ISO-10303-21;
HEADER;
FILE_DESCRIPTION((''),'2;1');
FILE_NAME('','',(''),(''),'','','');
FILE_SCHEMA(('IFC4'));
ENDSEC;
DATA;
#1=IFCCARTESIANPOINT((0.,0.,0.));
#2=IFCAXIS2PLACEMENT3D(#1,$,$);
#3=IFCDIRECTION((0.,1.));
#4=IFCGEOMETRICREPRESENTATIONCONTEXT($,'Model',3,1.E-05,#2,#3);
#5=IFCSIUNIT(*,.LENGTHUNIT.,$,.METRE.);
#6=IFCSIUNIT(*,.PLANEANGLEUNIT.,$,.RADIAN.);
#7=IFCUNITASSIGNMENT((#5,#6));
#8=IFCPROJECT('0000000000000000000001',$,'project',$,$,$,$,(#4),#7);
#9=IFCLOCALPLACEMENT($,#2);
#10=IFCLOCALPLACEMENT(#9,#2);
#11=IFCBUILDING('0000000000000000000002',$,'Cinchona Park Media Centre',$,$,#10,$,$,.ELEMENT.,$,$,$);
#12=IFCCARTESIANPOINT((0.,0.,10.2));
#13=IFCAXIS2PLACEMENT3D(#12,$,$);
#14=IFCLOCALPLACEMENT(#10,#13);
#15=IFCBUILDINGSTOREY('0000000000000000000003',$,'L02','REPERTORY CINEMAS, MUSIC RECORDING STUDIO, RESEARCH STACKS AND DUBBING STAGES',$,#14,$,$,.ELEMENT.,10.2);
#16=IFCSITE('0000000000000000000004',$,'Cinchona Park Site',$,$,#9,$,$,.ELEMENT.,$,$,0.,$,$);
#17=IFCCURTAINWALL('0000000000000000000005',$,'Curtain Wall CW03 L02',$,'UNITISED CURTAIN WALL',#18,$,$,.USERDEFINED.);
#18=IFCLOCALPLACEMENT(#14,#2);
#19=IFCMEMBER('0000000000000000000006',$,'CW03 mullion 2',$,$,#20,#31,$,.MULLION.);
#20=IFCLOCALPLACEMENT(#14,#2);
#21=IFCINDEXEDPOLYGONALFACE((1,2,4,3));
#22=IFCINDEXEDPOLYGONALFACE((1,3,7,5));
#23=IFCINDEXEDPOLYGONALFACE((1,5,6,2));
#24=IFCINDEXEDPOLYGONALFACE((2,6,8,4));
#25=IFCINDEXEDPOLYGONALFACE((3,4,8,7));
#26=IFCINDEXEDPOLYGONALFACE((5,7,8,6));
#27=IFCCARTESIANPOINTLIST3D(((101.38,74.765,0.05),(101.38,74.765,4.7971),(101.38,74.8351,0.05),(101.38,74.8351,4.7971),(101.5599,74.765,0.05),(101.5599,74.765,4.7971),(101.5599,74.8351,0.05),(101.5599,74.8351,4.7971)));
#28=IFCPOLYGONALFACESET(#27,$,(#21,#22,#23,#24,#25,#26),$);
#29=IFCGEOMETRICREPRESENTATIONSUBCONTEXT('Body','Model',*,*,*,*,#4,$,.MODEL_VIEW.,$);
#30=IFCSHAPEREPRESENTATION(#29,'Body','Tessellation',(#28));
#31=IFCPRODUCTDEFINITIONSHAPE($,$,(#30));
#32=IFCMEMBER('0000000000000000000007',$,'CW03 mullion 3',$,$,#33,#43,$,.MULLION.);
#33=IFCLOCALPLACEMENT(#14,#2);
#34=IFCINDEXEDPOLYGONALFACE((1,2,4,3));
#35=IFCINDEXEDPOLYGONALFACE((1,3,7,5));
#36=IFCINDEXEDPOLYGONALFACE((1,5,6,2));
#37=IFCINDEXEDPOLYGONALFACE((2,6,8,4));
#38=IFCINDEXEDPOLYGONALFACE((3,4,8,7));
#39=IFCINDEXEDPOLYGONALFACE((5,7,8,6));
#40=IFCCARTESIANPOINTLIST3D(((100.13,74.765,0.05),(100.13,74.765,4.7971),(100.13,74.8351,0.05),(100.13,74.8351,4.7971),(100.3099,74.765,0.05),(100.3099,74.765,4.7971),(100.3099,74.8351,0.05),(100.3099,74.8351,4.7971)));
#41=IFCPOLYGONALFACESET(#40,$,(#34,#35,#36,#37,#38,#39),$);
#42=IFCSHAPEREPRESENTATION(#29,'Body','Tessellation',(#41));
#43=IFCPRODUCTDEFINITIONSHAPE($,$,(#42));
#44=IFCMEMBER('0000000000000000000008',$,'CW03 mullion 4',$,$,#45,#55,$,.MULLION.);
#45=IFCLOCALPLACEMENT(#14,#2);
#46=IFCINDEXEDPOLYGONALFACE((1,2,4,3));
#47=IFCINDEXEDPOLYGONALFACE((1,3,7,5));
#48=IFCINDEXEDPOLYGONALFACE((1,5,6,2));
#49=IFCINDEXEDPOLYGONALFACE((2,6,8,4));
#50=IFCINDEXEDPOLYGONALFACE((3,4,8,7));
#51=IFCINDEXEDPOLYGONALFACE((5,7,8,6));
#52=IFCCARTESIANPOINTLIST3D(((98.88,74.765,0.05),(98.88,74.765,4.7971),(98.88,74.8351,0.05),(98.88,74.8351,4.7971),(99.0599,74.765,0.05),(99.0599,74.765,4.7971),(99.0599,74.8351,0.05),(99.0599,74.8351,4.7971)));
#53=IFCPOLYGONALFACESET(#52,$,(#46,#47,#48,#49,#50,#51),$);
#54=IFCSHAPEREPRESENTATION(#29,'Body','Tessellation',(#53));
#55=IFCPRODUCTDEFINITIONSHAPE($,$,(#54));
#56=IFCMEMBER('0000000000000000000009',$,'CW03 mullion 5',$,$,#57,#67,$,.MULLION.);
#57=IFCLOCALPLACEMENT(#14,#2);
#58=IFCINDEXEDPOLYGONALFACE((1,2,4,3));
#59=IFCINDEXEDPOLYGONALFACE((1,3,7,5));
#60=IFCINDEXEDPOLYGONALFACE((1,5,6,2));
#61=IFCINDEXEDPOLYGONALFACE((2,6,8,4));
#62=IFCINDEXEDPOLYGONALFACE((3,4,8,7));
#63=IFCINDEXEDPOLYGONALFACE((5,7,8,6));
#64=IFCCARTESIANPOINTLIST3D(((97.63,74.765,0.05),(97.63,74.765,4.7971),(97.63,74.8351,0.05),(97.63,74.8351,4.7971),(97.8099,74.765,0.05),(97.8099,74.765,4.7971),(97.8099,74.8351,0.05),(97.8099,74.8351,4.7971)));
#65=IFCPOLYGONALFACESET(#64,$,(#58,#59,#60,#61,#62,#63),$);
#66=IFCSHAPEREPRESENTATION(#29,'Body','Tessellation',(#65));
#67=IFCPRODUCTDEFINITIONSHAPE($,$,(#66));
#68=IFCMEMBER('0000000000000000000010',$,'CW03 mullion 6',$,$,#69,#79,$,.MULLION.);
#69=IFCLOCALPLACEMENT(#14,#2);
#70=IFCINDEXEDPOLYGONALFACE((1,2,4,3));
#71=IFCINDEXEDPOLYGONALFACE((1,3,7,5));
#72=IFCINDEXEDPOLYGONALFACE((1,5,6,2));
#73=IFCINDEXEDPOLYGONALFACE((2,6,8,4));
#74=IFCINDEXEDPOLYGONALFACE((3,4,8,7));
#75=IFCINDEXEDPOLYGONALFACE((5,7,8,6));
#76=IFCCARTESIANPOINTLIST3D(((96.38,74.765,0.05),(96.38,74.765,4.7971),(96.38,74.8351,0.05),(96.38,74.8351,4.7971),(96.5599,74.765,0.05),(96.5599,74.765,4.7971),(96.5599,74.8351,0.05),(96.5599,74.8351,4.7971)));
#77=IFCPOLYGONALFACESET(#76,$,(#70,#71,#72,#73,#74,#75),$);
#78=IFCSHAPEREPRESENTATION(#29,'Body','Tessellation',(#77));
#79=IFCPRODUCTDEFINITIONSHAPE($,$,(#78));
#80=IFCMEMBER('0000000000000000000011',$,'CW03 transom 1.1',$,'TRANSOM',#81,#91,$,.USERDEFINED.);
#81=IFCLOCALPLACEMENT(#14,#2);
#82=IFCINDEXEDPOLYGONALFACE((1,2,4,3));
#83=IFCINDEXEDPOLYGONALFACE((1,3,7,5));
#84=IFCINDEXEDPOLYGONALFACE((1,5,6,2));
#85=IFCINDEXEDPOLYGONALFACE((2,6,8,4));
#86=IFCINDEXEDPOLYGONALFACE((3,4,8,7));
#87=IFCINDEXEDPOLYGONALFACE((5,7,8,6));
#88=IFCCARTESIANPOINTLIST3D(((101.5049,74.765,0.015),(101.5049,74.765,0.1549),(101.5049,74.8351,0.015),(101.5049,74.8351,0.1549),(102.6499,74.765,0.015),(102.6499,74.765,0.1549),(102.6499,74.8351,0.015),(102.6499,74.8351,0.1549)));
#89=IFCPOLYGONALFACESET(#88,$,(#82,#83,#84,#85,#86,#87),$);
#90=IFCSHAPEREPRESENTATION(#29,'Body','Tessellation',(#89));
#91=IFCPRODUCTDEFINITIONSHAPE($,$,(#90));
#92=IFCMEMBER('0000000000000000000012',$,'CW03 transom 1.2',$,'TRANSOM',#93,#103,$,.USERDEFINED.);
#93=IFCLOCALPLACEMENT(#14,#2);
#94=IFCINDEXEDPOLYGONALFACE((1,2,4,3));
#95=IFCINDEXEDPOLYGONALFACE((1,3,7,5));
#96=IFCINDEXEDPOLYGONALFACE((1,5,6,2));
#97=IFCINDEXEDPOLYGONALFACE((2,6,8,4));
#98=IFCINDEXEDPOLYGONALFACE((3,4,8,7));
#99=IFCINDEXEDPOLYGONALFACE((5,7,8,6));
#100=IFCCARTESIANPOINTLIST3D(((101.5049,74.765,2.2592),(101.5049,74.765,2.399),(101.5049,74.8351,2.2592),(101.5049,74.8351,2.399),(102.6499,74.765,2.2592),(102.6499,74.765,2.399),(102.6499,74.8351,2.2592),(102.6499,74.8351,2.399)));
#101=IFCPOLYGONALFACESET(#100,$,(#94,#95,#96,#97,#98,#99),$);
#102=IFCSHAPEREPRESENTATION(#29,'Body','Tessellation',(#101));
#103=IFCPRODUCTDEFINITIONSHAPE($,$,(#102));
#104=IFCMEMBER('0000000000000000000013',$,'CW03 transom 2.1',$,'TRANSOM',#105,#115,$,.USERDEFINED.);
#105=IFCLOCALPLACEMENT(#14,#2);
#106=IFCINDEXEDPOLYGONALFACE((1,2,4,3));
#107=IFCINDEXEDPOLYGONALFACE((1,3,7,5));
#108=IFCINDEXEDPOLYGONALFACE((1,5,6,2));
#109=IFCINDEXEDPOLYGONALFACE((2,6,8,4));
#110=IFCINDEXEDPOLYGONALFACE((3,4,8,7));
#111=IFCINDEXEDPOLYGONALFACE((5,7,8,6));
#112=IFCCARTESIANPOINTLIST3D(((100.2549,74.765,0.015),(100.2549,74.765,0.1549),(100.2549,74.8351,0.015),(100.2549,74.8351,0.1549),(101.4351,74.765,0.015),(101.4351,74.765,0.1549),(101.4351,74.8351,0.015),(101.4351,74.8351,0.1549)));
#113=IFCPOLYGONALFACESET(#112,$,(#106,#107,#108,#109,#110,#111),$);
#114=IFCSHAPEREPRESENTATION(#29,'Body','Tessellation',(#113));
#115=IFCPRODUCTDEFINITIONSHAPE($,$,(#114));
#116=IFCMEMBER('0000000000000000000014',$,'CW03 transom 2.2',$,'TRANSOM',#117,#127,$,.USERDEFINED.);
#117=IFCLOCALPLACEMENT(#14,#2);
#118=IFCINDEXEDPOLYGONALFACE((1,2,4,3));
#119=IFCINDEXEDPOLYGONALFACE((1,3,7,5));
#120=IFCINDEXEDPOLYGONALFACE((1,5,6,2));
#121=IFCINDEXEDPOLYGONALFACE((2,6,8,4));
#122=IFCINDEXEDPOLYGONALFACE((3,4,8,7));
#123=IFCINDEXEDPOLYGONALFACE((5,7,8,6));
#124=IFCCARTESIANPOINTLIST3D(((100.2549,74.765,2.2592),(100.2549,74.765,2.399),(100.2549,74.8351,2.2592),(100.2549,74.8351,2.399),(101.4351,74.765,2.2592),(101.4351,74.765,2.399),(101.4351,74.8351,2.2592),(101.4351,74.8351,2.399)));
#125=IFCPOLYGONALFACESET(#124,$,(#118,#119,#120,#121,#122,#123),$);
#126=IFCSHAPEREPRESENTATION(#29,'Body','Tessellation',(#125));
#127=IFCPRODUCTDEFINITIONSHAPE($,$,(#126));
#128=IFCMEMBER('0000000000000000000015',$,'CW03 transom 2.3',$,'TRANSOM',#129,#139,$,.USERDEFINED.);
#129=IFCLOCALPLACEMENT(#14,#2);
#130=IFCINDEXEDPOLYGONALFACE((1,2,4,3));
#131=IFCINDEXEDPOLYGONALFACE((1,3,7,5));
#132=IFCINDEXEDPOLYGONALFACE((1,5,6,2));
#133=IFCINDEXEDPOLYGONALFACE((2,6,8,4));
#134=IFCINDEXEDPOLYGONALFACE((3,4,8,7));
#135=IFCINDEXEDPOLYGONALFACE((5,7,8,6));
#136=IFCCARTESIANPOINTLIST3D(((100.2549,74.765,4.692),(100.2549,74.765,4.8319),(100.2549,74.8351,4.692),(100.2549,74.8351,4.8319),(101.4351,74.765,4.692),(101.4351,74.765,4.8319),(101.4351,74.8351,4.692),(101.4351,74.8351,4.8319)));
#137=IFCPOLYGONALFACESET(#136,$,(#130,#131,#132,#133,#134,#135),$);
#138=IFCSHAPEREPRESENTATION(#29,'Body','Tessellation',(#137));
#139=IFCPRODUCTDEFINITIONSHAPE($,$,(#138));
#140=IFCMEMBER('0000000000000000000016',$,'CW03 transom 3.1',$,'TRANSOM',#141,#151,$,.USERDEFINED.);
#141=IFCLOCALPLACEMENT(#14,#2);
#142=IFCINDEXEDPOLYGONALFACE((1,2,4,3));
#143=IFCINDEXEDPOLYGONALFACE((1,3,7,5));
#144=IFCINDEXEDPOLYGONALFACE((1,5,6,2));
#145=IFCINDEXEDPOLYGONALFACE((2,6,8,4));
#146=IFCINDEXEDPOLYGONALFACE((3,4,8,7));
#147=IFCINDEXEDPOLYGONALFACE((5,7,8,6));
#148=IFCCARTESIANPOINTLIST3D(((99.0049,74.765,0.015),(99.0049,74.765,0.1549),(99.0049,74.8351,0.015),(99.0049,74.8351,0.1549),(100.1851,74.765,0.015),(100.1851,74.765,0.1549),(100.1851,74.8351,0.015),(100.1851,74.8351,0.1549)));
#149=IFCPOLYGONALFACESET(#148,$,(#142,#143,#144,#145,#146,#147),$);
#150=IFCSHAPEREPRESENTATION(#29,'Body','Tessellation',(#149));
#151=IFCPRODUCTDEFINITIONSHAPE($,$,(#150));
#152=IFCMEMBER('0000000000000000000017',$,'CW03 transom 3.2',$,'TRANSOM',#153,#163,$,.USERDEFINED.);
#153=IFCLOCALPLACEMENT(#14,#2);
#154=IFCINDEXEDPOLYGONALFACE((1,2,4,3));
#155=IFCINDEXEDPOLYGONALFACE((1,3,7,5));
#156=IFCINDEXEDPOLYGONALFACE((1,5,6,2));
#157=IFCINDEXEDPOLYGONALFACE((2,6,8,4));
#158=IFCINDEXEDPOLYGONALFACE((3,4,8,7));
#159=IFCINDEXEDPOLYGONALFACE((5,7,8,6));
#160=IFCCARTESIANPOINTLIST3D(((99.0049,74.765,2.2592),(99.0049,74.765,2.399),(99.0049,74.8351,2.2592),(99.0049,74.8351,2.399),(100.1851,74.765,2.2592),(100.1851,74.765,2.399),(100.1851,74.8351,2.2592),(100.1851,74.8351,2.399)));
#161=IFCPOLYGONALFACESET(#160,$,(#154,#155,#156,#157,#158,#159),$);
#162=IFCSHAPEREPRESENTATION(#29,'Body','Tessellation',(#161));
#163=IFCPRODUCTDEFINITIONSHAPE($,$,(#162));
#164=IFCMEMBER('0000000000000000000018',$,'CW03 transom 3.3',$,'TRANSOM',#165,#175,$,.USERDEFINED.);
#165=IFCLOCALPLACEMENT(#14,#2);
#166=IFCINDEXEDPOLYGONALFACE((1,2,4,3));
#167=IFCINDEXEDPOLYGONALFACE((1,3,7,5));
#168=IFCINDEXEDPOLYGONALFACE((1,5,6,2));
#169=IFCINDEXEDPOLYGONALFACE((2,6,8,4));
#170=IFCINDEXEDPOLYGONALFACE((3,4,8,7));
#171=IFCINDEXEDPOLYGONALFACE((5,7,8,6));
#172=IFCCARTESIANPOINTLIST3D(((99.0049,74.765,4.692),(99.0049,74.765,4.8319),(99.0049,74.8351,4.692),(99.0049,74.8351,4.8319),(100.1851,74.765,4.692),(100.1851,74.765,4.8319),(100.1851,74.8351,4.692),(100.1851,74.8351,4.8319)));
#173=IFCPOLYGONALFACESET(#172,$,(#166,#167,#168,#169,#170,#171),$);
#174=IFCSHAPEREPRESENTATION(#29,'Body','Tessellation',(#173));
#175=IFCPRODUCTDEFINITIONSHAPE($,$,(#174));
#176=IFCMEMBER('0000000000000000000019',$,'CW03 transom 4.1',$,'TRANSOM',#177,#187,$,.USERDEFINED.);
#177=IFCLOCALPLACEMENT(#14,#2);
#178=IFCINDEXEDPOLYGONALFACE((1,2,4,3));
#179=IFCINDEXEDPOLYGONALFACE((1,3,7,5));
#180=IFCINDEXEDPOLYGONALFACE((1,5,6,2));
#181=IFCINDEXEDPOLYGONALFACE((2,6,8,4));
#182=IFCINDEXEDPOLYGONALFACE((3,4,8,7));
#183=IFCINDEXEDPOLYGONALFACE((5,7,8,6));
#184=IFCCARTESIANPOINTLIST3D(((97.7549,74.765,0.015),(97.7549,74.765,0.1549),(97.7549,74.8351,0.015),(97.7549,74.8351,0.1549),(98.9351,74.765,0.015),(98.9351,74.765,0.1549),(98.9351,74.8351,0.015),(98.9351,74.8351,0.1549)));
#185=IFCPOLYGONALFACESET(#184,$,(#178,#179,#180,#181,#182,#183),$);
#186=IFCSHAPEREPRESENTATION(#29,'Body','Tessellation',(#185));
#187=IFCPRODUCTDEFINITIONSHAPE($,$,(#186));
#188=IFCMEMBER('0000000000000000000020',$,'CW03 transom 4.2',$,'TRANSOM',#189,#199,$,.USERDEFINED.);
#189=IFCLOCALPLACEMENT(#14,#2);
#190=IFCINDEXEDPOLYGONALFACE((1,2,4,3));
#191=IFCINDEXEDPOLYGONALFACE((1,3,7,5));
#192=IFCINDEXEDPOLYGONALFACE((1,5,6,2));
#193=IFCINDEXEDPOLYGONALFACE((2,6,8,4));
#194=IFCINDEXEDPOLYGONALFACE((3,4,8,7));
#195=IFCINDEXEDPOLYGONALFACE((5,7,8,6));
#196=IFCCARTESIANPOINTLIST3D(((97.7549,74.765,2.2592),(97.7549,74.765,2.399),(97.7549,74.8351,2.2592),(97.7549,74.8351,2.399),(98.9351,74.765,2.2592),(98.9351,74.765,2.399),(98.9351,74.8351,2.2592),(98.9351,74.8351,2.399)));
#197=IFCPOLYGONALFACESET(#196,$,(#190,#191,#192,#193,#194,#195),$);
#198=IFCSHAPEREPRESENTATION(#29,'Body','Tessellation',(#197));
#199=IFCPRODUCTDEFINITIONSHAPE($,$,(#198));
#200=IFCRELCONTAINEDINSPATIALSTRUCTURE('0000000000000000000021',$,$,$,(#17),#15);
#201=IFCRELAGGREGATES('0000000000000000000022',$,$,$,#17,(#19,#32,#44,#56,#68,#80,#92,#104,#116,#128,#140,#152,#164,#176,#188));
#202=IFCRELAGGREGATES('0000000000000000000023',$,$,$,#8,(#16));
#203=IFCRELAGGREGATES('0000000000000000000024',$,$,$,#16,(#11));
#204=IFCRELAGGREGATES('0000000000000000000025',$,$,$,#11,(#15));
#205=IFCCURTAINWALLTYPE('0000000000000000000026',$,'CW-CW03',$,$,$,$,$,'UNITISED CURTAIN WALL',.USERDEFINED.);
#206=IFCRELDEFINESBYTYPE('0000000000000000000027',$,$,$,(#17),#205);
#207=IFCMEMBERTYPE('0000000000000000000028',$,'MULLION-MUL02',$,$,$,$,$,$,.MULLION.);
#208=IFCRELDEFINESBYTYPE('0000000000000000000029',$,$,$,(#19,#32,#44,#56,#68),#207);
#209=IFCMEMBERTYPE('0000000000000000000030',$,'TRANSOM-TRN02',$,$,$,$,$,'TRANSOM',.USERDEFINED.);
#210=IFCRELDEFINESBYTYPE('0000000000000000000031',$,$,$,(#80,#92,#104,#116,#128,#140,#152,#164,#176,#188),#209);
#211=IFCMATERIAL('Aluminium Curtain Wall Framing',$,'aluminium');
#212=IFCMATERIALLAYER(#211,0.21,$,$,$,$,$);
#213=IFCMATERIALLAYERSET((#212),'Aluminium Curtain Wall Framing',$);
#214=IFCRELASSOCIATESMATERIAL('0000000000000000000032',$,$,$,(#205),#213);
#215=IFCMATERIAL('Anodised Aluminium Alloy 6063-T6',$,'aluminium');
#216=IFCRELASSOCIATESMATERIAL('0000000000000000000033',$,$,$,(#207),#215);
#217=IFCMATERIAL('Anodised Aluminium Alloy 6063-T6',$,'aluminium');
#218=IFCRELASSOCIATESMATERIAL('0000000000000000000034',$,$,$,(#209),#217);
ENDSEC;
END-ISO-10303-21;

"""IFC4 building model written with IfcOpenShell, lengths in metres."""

from ifc_helpers import new_model, si_unit, direction, frame, origin, origin_2d, place, context, subcontext, project, spatial, rectangle, extrude, material, layer, layer_set, material_profile, profile_set, type_object, element, aggregate, save


model = new_model("IFC4")

# Units and contexts
model_context = context("Model", 3, precision=1e-05, world=origin(), true_north=direction((0.0, 1.0)))
body_context = subcontext(model_context, "Body", "Model", "MODEL_VIEW")
ifc_project = project(units=[si_unit("LENGTHUNIT", "METRE"), si_unit("PLANEANGLEUNIT", "RADIAN")], contexts=[model_context])

# Site, building, storey
site_placement = place(None, origin())
site = spatial("IfcSite", under=ifc_project, at=site_placement, Name="Cinchona Park Site", CompositionType="ELEMENT", RefElevation=0.0)
building_placement = place(site_placement, origin())
building = spatial("IfcBuilding", under=site, at=building_placement, Name="Cinchona Park Media Centre", CompositionType="ELEMENT")
storey_placement = place(building_placement, frame((0.0, 0.0, 10.2)))
storey = spatial("IfcBuildingStorey", under=building, at=storey_placement, Name="L02", Description="REPERTORY CINEMAS, MUSIC RECORDING STUDIO, RESEARCH STACKS AND DUBBING STAGES", CompositionType="ELEMENT", Elevation=10.2)

# Curtain wall, members
ifc_material_1 = material(Name="Aluminium Curtain Wall Framing", Category="aluminium")
ifc_layer_1 = layer(ifc_material_1, 0.21)
ifc_layer_set_1 = layer_set([ifc_layer_1], Name="Aluminium Curtain Wall Framing")
curtain_wall_type = type_object("IfcCurtainWallType", Name="CW-CW03", ElementType="UNITISED CURTAIN WALL", PredefinedType="USERDEFINED", material=ifc_layer_set_1)
curtain_wall_placement = place(storey_placement, origin())
curtain_wall = element("IfcCurtainWall", 1, at=curtain_wall_placement, inside=storey, type_object=curtain_wall_type, Name="Curtain Wall CW03 L02", ObjectType="UNITISED CURTAIN WALL", PredefinedType="USERDEFINED")
ifc_material_2 = material(Name="Anodised Aluminium Alloy 6063-T6", Category="aluminium")
ifc_material_profile_1 = material_profile(ifc_material_2, rectangle(XDim=0.0701, YDim=0.1799, at=origin_2d()), Name="MUL-70X180")
ifc_profile_set_1 = profile_set([ifc_material_profile_1], Name="Anodised Aluminium Alloy 6063-T6")
member_type_1 = type_object("IfcMemberType", Name="MULLION-MUL02", PredefinedType="MULLION", material=ifc_profile_set_1)
member_1_placement = place(storey_placement, frame((101.47, 74.8, 0.05), z_axis=(0.0, 0.0, 1.0), x_axis=(0.0, -1.0, 0.0)))
member_1 = element("IfcMember", 2, at=member_1_placement, type_object=member_type_1, Name="CW03 mullion 2", PredefinedType="MULLION", context=body_context, shape_type="SweptSolid", body=[
    extrude(rectangle(XDim=0.0701, YDim=0.1799, at=origin_2d()), origin(), (0.0, 0.0, 1.0), 4.7471),
])
member_2_placement = place(storey_placement, frame((100.22, 74.8, 0.05), z_axis=(0.0, 0.0, 1.0), x_axis=(0.0, -1.0, 0.0)))
member_2 = element("IfcMember", 3, at=member_2_placement, type_object=member_type_1, Name="CW03 mullion 3", PredefinedType="MULLION", context=body_context, shape_type="SweptSolid", body=[
    extrude(rectangle(XDim=0.0701, YDim=0.1799, at=origin_2d()), origin(), (0.0, 0.0, 1.0), 4.7471),
])
member_3_placement = place(storey_placement, frame((98.97, 74.8, 0.05), z_axis=(0.0, 0.0, 1.0), x_axis=(0.0, -1.0, 0.0)))
member_3 = element("IfcMember", 4, at=member_3_placement, type_object=member_type_1, Name="CW03 mullion 4", PredefinedType="MULLION", context=body_context, shape_type="SweptSolid", body=[
    extrude(rectangle(XDim=0.0701, YDim=0.1799, at=origin_2d()), origin(), (0.0, 0.0, 1.0), 4.7471),
])
member_4_placement = place(storey_placement, frame((97.72, 74.8, 0.05), z_axis=(0.0, 0.0, 1.0), x_axis=(0.0, -1.0, 0.0)))
member_4 = element("IfcMember", 5, at=member_4_placement, type_object=member_type_1, Name="CW03 mullion 5", PredefinedType="MULLION", context=body_context, shape_type="SweptSolid", body=[
    extrude(rectangle(XDim=0.0701, YDim=0.1799, at=origin_2d()), origin(), (0.0, 0.0, 1.0), 4.7471),
])
member_5_placement = place(storey_placement, frame((96.47, 74.8, 0.05), z_axis=(0.0, 0.0, 1.0), x_axis=(0.0, -1.0, 0.0)))
member_5 = element("IfcMember", 6, at=member_5_placement, type_object=member_type_1, Name="CW03 mullion 6", PredefinedType="MULLION", context=body_context, shape_type="SweptSolid", body=[
    extrude(rectangle(XDim=0.0701, YDim=0.1799, at=origin_2d()), origin(), (0.0, 0.0, 1.0), 4.7471),
])
ifc_material_3 = material(Name="Anodised Aluminium Alloy 6063-T6", Category="aluminium")
ifc_material_profile_2 = material_profile(ifc_material_3, rectangle(XDim=0.0701, YDim=0.1399, at=origin_2d()), Name="TRN-70X140")
ifc_profile_set_2 = profile_set([ifc_material_profile_2], Name="Anodised Aluminium Alloy 6063-T6")
member_type_2 = type_object("IfcMemberType", Name="TRANSOM-TRN02", ElementType="TRANSOM", PredefinedType="USERDEFINED", material=ifc_profile_set_2)
member_6_placement = place(storey_placement, frame((102.6499, 74.8, 0.085), z_axis=(-1.0, 0.0, 0.0), x_axis=(0.0, -1.0, 0.0)))
member_6 = element("IfcMember", 7, at=member_6_placement, type_object=member_type_2, Name="CW03 transom 1.1", ObjectType="TRANSOM", PredefinedType="USERDEFINED", context=body_context, shape_type="SweptSolid", body=[
    extrude(rectangle(XDim=0.0701, YDim=0.1399, at=origin_2d()), origin(), (0.0, 0.0, 1.0), 1.145),
])
member_7_placement = place(storey_placement, frame((102.6499, 74.8, 2.3291), z_axis=(-1.0, 0.0, 0.0), x_axis=(0.0, -1.0, 0.0)))
member_7 = element("IfcMember", 8, at=member_7_placement, type_object=member_type_2, Name="CW03 transom 1.2", ObjectType="TRANSOM", PredefinedType="USERDEFINED", context=body_context, shape_type="SweptSolid", body=[
    extrude(rectangle(XDim=0.0701, YDim=0.1399, at=origin_2d()), origin(), (0.0, 0.0, 1.0), 1.145),
])
member_8_placement = place(storey_placement, frame((101.4351, 74.8, 0.085), z_axis=(-1.0, 0.0, 0.0), x_axis=(0.0, -1.0, 0.0)))
member_8 = element("IfcMember", 9, at=member_8_placement, type_object=member_type_2, Name="CW03 transom 2.1", ObjectType="TRANSOM", PredefinedType="USERDEFINED", context=body_context, shape_type="SweptSolid", body=[
    extrude(rectangle(XDim=0.0701, YDim=0.1399, at=origin_2d()), origin(), (0.0, 0.0, 1.0), 1.1802),
])
member_9_placement = place(storey_placement, frame((101.4351, 74.8, 2.3291), z_axis=(-1.0, 0.0, 0.0), x_axis=(0.0, -1.0, 0.0)))
member_9 = element("IfcMember", 10, at=member_9_placement, type_object=member_type_2, Name="CW03 transom 2.2", ObjectType="TRANSOM", PredefinedType="USERDEFINED", context=body_context, shape_type="SweptSolid", body=[
    extrude(rectangle(XDim=0.0701, YDim=0.1399, at=origin_2d()), origin(), (0.0, 0.0, 1.0), 1.1802),
])
member_10_placement = place(storey_placement, frame((101.4351, 74.8, 4.762), z_axis=(-1.0, 0.0, 0.0), x_axis=(0.0, -1.0, 0.0)))
member_10 = element("IfcMember", 11, at=member_10_placement, type_object=member_type_2, Name="CW03 transom 2.3", ObjectType="TRANSOM", PredefinedType="USERDEFINED", context=body_context, shape_type="SweptSolid", body=[
    extrude(rectangle(XDim=0.0701, YDim=0.1399, at=origin_2d()), origin(), (0.0, 0.0, 1.0), 1.1802),
])
member_11_placement = place(storey_placement, frame((100.1851, 74.8, 0.085), z_axis=(-1.0, 0.0, 0.0), x_axis=(0.0, -1.0, 0.0)))
member_11 = element("IfcMember", 12, at=member_11_placement, type_object=member_type_2, Name="CW03 transom 3.1", ObjectType="TRANSOM", PredefinedType="USERDEFINED", context=body_context, shape_type="SweptSolid", body=[
    extrude(rectangle(XDim=0.0701, YDim=0.1399, at=origin_2d()), origin(), (0.0, 0.0, 1.0), 1.1802),
])
member_12_placement = place(storey_placement, frame((100.1851, 74.8, 2.3291), z_axis=(-1.0, 0.0, 0.0), x_axis=(0.0, -1.0, 0.0)))
member_12 = element("IfcMember", 13, at=member_12_placement, type_object=member_type_2, Name="CW03 transom 3.2", ObjectType="TRANSOM", PredefinedType="USERDEFINED", context=body_context, shape_type="SweptSolid", body=[
    extrude(rectangle(XDim=0.0701, YDim=0.1399, at=origin_2d()), origin(), (0.0, 0.0, 1.0), 1.1802),
])
member_13_placement = place(storey_placement, frame((100.1851, 74.8, 4.762), z_axis=(-1.0, 0.0, 0.0), x_axis=(0.0, -1.0, 0.0)))
member_13 = element("IfcMember", 14, at=member_13_placement, type_object=member_type_2, Name="CW03 transom 3.3", ObjectType="TRANSOM", PredefinedType="USERDEFINED", context=body_context, shape_type="SweptSolid", body=[
    extrude(rectangle(XDim=0.0701, YDim=0.1399, at=origin_2d()), origin(), (0.0, 0.0, 1.0), 1.1802),
])
member_14_placement = place(storey_placement, frame((98.9351, 74.8, 0.085), z_axis=(-1.0, 0.0, 0.0), x_axis=(0.0, -1.0, 0.0)))
member_14 = element("IfcMember", 15, at=member_14_placement, type_object=member_type_2, Name="CW03 transom 4.1", ObjectType="TRANSOM", PredefinedType="USERDEFINED", context=body_context, shape_type="SweptSolid", body=[
    extrude(rectangle(XDim=0.0701, YDim=0.1399, at=origin_2d()), origin(), (0.0, 0.0, 1.0), 1.1802),
])
member_15_placement = place(storey_placement, frame((98.9351, 74.8, 2.3291), z_axis=(-1.0, 0.0, 0.0), x_axis=(0.0, -1.0, 0.0)))
member_15 = element("IfcMember", 16, at=member_15_placement, type_object=member_type_2, Name="CW03 transom 4.2", ObjectType="TRANSOM", PredefinedType="USERDEFINED", context=body_context, shape_type="SweptSolid", body=[
    extrude(rectangle(XDim=0.0701, YDim=0.1399, at=origin_2d()), origin(), (0.0, 0.0, 1.0), 1.1802),
])
aggregate(curtain_wall, [member_1, member_2, member_3, member_4, member_5, member_6, member_7, member_8, member_9, member_10, member_11, member_12, member_13, member_14, member_15])

save(model, "model.ifc")
